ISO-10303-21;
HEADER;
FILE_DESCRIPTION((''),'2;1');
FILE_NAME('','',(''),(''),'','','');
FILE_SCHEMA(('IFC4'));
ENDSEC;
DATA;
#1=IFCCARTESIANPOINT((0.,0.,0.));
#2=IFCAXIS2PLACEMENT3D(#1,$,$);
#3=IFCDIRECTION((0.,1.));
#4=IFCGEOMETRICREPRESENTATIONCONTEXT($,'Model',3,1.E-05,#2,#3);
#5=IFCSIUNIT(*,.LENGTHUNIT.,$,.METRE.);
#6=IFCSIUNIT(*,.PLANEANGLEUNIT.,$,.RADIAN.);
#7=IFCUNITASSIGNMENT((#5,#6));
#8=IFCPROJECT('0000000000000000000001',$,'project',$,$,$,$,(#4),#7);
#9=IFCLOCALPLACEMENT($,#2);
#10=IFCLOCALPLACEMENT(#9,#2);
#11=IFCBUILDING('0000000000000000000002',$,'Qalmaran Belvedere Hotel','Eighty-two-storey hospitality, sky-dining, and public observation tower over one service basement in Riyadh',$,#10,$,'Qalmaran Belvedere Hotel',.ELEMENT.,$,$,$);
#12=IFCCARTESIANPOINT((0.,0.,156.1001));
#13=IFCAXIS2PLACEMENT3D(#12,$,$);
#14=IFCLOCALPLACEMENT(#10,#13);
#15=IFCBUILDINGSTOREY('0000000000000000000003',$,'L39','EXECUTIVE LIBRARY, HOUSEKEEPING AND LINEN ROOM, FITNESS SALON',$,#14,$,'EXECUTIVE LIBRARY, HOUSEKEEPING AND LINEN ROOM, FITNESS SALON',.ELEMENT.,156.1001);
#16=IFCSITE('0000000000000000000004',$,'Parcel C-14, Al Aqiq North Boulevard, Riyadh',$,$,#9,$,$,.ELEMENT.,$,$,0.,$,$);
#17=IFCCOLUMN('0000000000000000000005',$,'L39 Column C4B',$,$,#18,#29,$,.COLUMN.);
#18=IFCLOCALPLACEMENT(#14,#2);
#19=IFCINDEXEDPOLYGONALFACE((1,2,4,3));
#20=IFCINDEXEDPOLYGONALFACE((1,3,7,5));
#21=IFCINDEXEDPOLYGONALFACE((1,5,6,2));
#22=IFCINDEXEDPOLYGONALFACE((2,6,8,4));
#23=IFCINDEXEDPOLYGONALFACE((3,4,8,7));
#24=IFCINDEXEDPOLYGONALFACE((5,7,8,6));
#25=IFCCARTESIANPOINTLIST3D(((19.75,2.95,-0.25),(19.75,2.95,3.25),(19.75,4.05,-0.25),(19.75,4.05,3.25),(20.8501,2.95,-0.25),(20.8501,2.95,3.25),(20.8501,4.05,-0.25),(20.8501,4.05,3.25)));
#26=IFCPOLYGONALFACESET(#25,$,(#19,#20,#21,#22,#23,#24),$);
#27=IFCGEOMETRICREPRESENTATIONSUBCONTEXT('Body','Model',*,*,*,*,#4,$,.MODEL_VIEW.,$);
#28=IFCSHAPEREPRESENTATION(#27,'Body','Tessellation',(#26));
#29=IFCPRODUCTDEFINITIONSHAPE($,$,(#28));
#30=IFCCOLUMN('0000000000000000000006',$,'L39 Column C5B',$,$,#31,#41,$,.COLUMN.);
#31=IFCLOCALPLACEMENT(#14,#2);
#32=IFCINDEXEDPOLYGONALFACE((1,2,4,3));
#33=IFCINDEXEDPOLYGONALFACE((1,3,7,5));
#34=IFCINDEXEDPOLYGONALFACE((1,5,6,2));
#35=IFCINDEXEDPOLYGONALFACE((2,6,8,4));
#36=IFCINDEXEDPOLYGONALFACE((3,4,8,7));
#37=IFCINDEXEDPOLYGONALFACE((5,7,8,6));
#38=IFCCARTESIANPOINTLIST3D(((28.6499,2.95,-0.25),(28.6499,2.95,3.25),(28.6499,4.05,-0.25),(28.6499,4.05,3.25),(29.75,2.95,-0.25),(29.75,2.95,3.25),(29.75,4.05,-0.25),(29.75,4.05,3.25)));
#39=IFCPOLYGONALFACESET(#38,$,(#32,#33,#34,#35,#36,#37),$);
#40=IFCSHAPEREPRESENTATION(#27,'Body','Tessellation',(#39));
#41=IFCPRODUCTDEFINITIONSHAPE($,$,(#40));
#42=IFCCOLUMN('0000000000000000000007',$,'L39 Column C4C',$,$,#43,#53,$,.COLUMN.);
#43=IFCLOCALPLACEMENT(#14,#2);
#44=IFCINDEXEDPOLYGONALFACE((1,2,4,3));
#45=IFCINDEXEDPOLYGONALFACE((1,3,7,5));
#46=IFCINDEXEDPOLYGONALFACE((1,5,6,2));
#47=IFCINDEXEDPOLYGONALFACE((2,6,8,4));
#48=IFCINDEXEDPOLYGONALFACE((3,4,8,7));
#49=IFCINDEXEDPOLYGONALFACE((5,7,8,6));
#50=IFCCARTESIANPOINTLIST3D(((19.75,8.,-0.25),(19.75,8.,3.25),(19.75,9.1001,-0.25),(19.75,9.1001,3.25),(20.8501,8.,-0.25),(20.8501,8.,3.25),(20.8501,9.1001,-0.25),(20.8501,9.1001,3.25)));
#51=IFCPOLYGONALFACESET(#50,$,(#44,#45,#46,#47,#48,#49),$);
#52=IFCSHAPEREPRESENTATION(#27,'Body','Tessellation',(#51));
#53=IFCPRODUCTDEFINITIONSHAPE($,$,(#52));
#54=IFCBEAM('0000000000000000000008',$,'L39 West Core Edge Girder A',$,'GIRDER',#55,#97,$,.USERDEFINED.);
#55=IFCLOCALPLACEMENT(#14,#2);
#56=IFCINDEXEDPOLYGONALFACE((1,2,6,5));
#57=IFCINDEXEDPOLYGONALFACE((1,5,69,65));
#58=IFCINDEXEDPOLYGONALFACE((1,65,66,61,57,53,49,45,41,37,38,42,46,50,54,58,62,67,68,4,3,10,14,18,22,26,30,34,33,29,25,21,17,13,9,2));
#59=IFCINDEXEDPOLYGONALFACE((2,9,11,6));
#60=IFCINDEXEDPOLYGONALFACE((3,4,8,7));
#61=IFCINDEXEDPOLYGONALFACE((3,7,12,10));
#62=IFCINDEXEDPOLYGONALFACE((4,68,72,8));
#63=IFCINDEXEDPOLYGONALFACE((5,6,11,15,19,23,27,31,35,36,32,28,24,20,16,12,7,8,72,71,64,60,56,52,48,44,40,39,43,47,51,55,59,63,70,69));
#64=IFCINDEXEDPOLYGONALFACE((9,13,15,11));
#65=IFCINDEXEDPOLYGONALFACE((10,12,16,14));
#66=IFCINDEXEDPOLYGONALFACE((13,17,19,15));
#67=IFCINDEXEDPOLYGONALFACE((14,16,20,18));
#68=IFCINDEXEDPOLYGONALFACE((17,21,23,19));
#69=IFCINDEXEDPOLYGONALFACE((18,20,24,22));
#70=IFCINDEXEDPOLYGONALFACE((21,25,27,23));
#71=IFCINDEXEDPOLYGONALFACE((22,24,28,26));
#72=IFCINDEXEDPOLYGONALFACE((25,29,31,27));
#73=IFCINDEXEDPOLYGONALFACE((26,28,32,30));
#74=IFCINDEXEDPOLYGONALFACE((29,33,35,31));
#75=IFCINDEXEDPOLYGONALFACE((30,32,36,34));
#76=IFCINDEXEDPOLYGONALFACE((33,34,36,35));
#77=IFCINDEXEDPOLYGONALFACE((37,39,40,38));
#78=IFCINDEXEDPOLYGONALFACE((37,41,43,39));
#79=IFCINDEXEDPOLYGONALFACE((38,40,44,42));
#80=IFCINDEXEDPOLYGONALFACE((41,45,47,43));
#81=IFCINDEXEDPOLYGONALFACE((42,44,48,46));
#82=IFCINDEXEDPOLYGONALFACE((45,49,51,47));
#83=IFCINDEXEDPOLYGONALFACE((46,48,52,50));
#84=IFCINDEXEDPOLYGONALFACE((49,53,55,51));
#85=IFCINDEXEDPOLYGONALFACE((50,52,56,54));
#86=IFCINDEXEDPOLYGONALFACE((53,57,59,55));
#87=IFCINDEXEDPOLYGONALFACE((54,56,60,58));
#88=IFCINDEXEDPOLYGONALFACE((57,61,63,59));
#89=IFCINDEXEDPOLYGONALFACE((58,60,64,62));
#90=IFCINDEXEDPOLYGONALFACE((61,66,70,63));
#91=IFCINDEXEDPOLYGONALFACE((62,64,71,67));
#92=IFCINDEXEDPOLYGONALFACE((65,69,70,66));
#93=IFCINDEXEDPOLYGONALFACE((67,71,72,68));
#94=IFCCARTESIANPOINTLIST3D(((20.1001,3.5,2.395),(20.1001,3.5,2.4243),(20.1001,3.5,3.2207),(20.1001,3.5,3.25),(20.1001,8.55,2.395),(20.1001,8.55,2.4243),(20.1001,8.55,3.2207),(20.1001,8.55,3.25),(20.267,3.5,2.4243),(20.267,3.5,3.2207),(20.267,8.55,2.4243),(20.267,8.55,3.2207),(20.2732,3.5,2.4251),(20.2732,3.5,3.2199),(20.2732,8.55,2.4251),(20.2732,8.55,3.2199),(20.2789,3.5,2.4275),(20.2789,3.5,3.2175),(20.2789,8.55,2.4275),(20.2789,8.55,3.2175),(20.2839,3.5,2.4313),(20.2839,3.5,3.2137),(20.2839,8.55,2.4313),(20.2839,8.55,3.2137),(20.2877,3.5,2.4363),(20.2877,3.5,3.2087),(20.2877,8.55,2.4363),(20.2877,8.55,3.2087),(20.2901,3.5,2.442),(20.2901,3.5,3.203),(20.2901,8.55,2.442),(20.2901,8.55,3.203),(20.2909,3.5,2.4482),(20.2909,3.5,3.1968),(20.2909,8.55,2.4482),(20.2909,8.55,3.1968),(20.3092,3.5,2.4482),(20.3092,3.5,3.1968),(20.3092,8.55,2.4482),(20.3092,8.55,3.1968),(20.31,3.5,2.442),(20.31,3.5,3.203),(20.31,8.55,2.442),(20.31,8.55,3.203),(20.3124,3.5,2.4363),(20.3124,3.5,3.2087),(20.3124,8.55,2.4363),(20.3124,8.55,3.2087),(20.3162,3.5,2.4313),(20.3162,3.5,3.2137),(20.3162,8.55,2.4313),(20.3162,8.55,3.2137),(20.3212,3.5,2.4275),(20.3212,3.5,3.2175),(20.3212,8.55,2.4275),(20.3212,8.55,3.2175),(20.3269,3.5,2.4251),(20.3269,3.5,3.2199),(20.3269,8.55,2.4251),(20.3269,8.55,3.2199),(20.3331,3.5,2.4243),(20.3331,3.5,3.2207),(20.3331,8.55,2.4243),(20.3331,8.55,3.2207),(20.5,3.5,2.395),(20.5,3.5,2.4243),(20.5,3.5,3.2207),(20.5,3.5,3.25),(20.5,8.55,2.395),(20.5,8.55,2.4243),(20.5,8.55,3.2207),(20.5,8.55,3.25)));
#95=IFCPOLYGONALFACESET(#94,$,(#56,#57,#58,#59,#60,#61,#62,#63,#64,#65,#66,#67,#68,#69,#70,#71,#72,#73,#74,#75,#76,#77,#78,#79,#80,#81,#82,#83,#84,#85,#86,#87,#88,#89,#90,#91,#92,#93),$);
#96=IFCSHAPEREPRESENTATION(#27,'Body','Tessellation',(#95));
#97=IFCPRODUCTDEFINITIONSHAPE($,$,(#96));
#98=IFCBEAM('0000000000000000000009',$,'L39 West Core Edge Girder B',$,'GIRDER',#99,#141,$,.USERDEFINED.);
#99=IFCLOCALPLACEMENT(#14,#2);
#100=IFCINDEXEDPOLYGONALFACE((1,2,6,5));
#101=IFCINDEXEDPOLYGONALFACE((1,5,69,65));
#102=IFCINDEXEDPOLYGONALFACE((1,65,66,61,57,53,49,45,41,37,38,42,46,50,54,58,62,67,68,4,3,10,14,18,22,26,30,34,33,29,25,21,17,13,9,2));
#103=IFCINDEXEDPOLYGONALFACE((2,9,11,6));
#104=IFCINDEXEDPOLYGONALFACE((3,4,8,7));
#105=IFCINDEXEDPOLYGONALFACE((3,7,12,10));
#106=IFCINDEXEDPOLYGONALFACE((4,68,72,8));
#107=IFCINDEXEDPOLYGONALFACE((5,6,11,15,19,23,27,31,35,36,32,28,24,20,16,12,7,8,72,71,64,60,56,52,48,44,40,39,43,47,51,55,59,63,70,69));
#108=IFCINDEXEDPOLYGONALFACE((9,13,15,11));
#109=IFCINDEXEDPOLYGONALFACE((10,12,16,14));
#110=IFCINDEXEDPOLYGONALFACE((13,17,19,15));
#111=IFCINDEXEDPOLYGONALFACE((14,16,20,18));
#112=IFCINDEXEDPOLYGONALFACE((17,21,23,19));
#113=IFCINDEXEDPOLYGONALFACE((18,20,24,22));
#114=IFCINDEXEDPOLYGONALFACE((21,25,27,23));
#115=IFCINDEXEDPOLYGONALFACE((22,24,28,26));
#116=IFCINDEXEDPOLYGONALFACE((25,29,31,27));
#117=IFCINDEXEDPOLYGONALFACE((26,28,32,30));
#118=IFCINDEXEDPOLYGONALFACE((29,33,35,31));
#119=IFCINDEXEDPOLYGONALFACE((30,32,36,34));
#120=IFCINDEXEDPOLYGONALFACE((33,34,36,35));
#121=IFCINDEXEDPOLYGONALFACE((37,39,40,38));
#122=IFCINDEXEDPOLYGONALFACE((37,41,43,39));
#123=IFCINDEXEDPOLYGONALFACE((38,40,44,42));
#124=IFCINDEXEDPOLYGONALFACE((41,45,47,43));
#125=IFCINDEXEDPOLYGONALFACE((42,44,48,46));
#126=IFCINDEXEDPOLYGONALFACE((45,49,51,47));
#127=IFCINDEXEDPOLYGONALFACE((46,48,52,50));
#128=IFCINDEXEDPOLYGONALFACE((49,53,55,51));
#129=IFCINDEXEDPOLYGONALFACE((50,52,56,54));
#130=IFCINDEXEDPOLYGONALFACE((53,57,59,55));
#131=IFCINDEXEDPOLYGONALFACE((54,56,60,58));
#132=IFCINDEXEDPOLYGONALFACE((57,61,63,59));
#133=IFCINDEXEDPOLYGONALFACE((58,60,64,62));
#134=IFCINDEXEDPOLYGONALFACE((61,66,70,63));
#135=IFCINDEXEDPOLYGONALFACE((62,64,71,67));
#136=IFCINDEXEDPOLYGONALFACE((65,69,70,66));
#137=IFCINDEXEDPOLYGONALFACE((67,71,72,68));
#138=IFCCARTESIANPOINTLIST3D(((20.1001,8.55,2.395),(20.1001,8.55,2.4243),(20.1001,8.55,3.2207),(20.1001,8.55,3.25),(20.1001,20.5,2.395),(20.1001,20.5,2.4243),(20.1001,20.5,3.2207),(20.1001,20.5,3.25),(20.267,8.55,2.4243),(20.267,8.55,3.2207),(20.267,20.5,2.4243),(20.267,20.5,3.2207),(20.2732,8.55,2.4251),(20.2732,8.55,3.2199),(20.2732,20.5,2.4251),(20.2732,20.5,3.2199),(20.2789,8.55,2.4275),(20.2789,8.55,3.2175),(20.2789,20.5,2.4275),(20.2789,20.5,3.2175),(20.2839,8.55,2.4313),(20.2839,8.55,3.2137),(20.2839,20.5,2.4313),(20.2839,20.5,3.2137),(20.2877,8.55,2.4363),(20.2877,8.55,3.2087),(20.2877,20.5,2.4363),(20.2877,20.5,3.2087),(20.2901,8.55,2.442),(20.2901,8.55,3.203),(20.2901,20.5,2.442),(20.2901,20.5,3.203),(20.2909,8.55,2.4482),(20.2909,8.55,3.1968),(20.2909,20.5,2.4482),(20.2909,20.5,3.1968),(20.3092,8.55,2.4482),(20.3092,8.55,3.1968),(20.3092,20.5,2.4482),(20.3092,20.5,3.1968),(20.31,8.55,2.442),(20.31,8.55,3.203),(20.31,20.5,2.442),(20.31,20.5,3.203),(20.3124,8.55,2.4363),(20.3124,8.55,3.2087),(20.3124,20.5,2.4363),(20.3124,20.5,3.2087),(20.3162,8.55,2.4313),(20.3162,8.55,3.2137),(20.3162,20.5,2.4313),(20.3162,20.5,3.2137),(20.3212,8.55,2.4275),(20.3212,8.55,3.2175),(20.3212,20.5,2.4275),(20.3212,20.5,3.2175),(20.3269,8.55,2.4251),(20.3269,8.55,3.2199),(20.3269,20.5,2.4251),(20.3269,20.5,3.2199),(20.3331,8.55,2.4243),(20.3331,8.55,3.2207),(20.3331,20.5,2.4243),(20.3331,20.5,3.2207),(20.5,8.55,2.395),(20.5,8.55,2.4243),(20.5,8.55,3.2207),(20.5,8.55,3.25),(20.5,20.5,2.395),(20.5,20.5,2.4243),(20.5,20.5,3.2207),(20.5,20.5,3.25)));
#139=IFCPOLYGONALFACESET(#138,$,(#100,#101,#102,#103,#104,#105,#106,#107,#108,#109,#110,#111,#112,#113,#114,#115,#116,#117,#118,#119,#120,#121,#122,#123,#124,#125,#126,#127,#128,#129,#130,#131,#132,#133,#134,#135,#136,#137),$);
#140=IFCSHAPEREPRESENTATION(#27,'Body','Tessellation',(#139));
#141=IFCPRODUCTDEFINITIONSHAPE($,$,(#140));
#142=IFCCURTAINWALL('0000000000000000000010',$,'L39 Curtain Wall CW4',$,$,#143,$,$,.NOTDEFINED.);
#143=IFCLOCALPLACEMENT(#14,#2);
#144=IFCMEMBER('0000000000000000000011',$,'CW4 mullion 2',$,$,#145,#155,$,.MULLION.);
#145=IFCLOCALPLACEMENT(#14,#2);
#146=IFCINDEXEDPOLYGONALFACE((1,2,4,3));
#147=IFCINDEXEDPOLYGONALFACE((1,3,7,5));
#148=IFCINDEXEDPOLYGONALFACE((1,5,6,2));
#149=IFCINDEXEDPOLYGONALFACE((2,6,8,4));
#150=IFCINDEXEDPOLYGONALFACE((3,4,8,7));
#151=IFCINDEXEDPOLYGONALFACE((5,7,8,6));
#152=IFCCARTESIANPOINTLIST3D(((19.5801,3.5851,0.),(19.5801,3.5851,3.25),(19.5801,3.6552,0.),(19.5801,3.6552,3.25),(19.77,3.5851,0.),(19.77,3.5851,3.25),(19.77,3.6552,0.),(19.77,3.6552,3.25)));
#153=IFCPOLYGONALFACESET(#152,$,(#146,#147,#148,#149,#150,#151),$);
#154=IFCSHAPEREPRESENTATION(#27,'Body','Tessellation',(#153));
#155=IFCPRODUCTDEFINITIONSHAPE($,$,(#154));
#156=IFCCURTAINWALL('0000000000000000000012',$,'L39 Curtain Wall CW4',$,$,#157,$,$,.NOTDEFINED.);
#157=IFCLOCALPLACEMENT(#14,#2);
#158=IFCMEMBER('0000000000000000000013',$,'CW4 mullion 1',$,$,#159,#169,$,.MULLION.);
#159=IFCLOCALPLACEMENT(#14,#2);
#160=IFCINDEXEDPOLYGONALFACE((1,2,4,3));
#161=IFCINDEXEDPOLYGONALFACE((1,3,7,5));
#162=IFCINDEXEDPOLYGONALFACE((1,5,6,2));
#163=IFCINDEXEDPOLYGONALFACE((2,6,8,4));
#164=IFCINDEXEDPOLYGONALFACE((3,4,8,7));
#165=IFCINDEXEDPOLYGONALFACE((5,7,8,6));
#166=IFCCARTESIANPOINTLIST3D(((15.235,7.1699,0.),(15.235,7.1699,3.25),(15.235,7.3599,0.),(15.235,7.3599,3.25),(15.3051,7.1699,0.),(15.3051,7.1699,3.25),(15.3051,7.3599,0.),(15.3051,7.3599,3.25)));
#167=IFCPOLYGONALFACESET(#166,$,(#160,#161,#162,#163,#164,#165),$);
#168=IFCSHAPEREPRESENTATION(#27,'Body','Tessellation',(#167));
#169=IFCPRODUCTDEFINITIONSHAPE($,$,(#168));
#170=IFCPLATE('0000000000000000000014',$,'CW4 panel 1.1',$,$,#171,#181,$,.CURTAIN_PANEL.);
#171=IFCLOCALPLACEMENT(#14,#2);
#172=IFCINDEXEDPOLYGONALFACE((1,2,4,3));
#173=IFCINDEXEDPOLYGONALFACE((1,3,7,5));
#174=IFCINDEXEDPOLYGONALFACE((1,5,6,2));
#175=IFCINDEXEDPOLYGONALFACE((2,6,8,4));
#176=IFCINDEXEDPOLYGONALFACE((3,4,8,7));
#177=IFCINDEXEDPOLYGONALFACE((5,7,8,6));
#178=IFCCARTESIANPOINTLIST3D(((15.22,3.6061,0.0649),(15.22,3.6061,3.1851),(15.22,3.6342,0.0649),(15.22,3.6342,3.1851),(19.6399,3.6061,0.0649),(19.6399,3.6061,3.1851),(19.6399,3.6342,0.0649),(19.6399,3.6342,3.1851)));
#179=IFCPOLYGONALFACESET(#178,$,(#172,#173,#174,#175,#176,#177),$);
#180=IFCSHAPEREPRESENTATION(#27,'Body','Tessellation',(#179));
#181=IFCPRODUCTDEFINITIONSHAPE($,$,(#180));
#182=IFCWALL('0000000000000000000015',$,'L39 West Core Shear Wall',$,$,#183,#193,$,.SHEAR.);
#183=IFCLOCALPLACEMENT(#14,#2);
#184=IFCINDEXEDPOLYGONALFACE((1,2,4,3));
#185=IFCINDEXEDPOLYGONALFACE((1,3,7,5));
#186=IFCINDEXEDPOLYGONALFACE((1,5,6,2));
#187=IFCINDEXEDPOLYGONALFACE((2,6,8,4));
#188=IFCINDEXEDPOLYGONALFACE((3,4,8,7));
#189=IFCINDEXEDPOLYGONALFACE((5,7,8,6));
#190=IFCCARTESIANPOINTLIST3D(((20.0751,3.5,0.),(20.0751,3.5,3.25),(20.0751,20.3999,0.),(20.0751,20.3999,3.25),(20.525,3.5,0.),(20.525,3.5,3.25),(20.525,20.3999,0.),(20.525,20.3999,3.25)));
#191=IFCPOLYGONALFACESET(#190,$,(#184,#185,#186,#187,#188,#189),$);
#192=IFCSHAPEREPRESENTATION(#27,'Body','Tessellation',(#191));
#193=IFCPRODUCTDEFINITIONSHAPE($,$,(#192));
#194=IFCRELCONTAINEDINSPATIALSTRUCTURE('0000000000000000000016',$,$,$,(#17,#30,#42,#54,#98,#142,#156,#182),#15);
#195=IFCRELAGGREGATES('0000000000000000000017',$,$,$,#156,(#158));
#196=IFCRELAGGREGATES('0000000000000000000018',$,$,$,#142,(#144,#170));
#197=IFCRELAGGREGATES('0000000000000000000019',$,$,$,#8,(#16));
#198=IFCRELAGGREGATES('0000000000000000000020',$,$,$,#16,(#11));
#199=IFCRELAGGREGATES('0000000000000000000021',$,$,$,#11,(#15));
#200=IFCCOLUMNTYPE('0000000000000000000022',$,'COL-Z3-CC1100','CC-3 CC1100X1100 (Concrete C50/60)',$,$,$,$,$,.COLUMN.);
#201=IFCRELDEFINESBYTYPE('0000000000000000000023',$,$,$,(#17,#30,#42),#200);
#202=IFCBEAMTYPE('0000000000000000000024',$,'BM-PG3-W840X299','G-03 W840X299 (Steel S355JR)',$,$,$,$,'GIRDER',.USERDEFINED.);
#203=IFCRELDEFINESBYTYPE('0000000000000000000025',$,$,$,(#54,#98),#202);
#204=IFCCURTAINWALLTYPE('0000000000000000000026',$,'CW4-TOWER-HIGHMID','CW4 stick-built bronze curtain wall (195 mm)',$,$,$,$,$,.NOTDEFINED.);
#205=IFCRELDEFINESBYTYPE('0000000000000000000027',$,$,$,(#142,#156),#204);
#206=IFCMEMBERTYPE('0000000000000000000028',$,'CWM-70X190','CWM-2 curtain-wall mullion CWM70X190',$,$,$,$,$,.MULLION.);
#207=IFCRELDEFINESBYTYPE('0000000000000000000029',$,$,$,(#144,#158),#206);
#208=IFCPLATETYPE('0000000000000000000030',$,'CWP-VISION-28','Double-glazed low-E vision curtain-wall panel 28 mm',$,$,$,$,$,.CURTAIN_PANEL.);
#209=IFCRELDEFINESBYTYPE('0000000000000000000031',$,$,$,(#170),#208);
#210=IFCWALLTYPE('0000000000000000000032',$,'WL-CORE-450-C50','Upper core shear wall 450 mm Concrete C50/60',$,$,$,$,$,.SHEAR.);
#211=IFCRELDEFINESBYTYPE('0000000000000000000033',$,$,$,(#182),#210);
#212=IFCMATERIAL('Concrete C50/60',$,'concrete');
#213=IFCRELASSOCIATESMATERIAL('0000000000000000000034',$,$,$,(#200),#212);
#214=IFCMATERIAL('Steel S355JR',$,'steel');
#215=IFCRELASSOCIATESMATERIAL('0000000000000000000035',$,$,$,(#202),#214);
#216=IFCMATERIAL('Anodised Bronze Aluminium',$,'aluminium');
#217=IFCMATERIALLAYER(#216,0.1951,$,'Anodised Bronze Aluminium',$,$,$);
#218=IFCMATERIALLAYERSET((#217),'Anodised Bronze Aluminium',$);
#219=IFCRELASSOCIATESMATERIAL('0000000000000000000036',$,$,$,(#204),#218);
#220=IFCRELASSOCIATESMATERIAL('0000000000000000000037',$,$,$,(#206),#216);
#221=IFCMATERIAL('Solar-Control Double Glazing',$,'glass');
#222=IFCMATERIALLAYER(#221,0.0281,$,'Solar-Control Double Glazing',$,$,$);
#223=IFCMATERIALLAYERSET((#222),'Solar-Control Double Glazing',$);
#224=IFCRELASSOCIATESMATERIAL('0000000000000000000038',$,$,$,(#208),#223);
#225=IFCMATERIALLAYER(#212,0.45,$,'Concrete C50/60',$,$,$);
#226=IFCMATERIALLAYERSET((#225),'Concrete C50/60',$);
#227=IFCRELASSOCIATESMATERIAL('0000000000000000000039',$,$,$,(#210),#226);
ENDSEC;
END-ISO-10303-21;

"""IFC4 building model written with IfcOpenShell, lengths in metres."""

from ifc_helpers import new_model, si_unit, direction, frame, frame_2d, origin, origin_2d, place, context, subcontext, project, spatial, rectangle, i_section, extrude, material, layer, layer_set, material_profile, profile_set, type_object, element, aggregate, save


model = new_model("IFC4")

# Units and contexts
model_context = context("Model", 3, precision=1e-05, world=origin(), true_north=direction((0.0, 1.0)))
body_context = subcontext(model_context, "Body", "Model", "MODEL_VIEW")
ifc_project = project(units=[si_unit("LENGTHUNIT", "METRE"), si_unit("PLANEANGLEUNIT", "RADIAN")], contexts=[model_context])

# Site, building, storey
site_placement = place(None, origin())
site = spatial("IfcSite", under=ifc_project, at=site_placement, Name="Parcel C-14, Al Aqiq North Boulevard, Riyadh", CompositionType="ELEMENT", RefElevation=0.0)
building_placement = place(site_placement, origin())
building = spatial("IfcBuilding", under=site, at=building_placement, Name="Qalmaran Belvedere Hotel", Description="Eighty-two-storey hospitality, sky-dining, and public observation tower over one service basement in Riyadh", LongName="Qalmaran Belvedere Hotel", CompositionType="ELEMENT")
storey_placement = place(building_placement, frame((0.0, 0.0, 156.1001)))
storey = spatial("IfcBuildingStorey", under=building, at=storey_placement, Name="L39", Description="EXECUTIVE LIBRARY, HOUSEKEEPING AND LINEN ROOM, FITNESS SALON", LongName="EXECUTIVE LIBRARY, HOUSEKEEPING AND LINEN ROOM, FITNESS SALON", CompositionType="ELEMENT", Elevation=156.1001)

# Columns
ifc_material_1 = material(Name="Concrete C50/60", Category="concrete")
ifc_material_profile_1 = material_profile(ifc_material_1, rectangle(XDim=1.1001, YDim=1.1001, at=origin_2d()), Name="CC1100X1100")
ifc_profile_set_1 = profile_set([ifc_material_profile_1], Name="Concrete C50/60")
column_type = type_object("IfcColumnType", Name="COL-Z3-CC1100", Description="CC-3 CC1100X1100 (Concrete C50/60)", PredefinedType="COLUMN", material=ifc_profile_set_1)
for number, where, z_axis, x_axis, name in (
    (1, (20.3, 3.5, -0.25), (0.0, 0.0, 1.0), (1.0, 0.0, 0.0), "L39 Column C4B"),
    (2, (29.2, 3.5, -0.25), (0.0, 0.0, 1.0), (1.0, 0.0, 0.0), "L39 Column C5B"),
    (3, (20.3, 8.55, -0.25), (0.0, 0.0, 1.0), (1.0, 0.0, 0.0), "L39 Column C4C"),
):
    element("IfcColumn", number, at=place(storey_placement, frame(where, z_axis=z_axis, x_axis=x_axis)), inside=storey, type_object=column_type, Name=name, PredefinedType="COLUMN", context=body_context, shape_type="SweptSolid", body=[
        extrude(rectangle(XDim=1.1001, YDim=1.1001, at=origin_2d()), origin(), (0.0, 0.0, 1.0), 3.5),
    ])

# Beams
ifc_material_2 = material(Name="Steel S355JR", Category="steel")
ifc_material_profile_2 = material_profile(ifc_material_2, i_section(OverallWidth=0.3999, OverallDepth=0.855, WebThickness=0.0183, FlangeThickness=0.0293, FilletRadius=0.0239, at=origin_2d()), Name="W840X299")
ifc_profile_set_2 = profile_set([ifc_material_profile_2], Name="Steel S355JR")
beam_type = type_object("IfcBeamType", Name="BM-PG3-W840X299", Description="G-03 W840X299 (Steel S355JR)", ElementType="GIRDER", PredefinedType="USERDEFINED", material=ifc_profile_set_2)
beam_1_placement = place(storey_placement, frame((20.3, 3.5, 2.8225), z_axis=(0.0, 1.0, 0.0), x_axis=(-1.0, 0.0, 0.0)))
element("IfcBeam", 4, at=beam_1_placement, inside=storey, type_object=beam_type, Name="L39 West Core Edge Girder A", ObjectType="GIRDER", PredefinedType="USERDEFINED", context=body_context, shape_type="SweptSolid", body=[
    extrude(i_section(OverallWidth=0.3999, OverallDepth=0.855, WebThickness=0.0183, FlangeThickness=0.0293, FilletRadius=0.0239, at=origin_2d()), origin(), (0.0, 0.0, 1.0), 5.05),
])
beam_2_placement = place(storey_placement, frame((20.3, 8.55, 2.8225), z_axis=(0.0, 1.0, 0.0), x_axis=(-1.0, 0.0, 0.0)))
element("IfcBeam", 5, at=beam_2_placement, inside=storey, type_object=beam_type, Name="L39 West Core Edge Girder B", ObjectType="GIRDER", PredefinedType="USERDEFINED", context=body_context, shape_type="SweptSolid", body=[
    extrude(i_section(OverallWidth=0.3999, OverallDepth=0.855, WebThickness=0.0183, FlangeThickness=0.0293, FilletRadius=0.0239, at=origin_2d()), origin(), (0.0, 0.0, 1.0), 11.95),
])

# Curtain walls, members
ifc_material_3 = material(Name="Anodised Bronze Aluminium", Category="aluminium")
ifc_layer_1 = layer(ifc_material_3, 0.1951, Name="Anodised Bronze Aluminium")
ifc_layer_set_1 = layer_set([ifc_layer_1], Name="Anodised Bronze Aluminium")
curtain_wall_type = type_object("IfcCurtainWallType", Name="CW4-TOWER-HIGHMID", Description="CW4 stick-built bronze curtain wall (195 mm)", PredefinedType="NOTDEFINED", material=ifc_layer_set_1)
curtain_wall_1_placement = place(storey_placement, origin())
curtain_wall_1 = element("IfcCurtainWall", 6, at=curtain_wall_1_placement, inside=storey, type_object=curtain_wall_type, Name="L39 Curtain Wall CW4", PredefinedType="NOTDEFINED")
ifc_material_profile_3 = material_profile(ifc_material_3, rectangle(XDim=0.0701, YDim=0.1899, at=origin_2d()), Name="CWM70X190")
ifc_profile_set_3 = profile_set([ifc_material_profile_3], Name="Anodised Bronze Aluminium")
member_type = type_object("IfcMemberType", Name="CWM-70X190", Description="CWM-2 curtain-wall mullion CWM70X190", PredefinedType="MULLION", material=ifc_profile_set_3)
member_1_placement = place(storey_placement, frame((19.675, 3.6201, 0.0), z_axis=(0.0, 0.0, 1.0), x_axis=(0.0, 1.0, 0.0)))
member_1 = element("IfcMember", 7, at=member_1_placement, type_object=member_type, Name="CW4 mullion 2", PredefinedType="MULLION", context=body_context, shape_type="SweptSolid", body=[
    extrude(rectangle(XDim=0.0701, YDim=0.1899, at=origin_2d()), origin(), (0.0, 0.0, 1.0), 3.25),
])
curtain_wall_2_placement = place(storey_placement, origin())
curtain_wall_2 = element("IfcCurtainWall", 8, at=curtain_wall_2_placement, inside=storey, type_object=curtain_wall_type, Name="L39 Curtain Wall CW4", PredefinedType="NOTDEFINED")
member_2_placement = place(storey_placement, frame((15.27, 7.2649, 0.0), z_axis=(0.0, 0.0, 1.0), x_axis=(1.0, 0.0, 0.0)))
member_2 = element("IfcMember", 9, at=member_2_placement, type_object=member_type, Name="CW4 mullion 1", PredefinedType="MULLION", context=body_context, shape_type="SweptSolid", body=[
    extrude(rectangle(XDim=0.0701, YDim=0.1899, at=origin_2d()), origin(), (0.0, 0.0, 1.0), 3.25),
])
aggregate(curtain_wall_2, [member_2])

# Plate
ifc_material_4 = material(Name="Solar-Control Double Glazing", Category="glass")
ifc_layer_2 = layer(ifc_material_4, 0.0281, Name="Solar-Control Double Glazing")
ifc_layer_set_2 = layer_set([ifc_layer_2], Name="Solar-Control Double Glazing")
plate_type = type_object("IfcPlateType", Name="CWP-VISION-28", Description="Double-glazed low-E vision curtain-wall panel 28 mm", PredefinedType="CURTAIN_PANEL", material=ifc_layer_set_2)
plate_placement = place(storey_placement, frame((17.4299, 3.6201, 0.0649), z_axis=(0.0, 0.0, 1.0), x_axis=(1.0, 0.0, 0.0)))
plate = element("IfcPlate", 10, at=plate_placement, type_object=plate_type, Name="CW4 panel 1.1", PredefinedType="CURTAIN_PANEL", context=body_context, shape_type="SweptSolid", body=[
    extrude(rectangle(XDim=4.4199, YDim=0.0281, at=origin_2d()), origin(), (0.0, 0.0, 1.0), 3.1201),
])
aggregate(curtain_wall_1, [member_1, plate])

# Wall
ifc_layer_3 = layer(ifc_material_1, 0.45, Name="Concrete C50/60")
ifc_layer_set_3 = layer_set([ifc_layer_3], Name="Concrete C50/60")
wall_type_1 = type_object("IfcWallType", Name="WL-CORE-450-C50", Description="Upper core shear wall 450 mm Concrete C50/60", PredefinedType="SHEAR", material=ifc_layer_set_3)
wall_1_placement = place(storey_placement, frame((20.3, 3.5, 0.0), z_axis=(0.0, 0.0, 1.0), x_axis=(0.0, 1.0, 0.0)))
element("IfcWall", 11, at=wall_1_placement, inside=storey, type_object=wall_type_1, Name="L39 West Core Shear Wall", PredefinedType="SHEAR", context=body_context, shape_type="SweptSolid", body=[
    extrude(rectangle(XDim=16.8999, YDim=0.45, at=frame_2d((8.45, 0.0))), origin(), (0.0, 0.0, 1.0), 3.25),
])

save(model, "model.ifc")
